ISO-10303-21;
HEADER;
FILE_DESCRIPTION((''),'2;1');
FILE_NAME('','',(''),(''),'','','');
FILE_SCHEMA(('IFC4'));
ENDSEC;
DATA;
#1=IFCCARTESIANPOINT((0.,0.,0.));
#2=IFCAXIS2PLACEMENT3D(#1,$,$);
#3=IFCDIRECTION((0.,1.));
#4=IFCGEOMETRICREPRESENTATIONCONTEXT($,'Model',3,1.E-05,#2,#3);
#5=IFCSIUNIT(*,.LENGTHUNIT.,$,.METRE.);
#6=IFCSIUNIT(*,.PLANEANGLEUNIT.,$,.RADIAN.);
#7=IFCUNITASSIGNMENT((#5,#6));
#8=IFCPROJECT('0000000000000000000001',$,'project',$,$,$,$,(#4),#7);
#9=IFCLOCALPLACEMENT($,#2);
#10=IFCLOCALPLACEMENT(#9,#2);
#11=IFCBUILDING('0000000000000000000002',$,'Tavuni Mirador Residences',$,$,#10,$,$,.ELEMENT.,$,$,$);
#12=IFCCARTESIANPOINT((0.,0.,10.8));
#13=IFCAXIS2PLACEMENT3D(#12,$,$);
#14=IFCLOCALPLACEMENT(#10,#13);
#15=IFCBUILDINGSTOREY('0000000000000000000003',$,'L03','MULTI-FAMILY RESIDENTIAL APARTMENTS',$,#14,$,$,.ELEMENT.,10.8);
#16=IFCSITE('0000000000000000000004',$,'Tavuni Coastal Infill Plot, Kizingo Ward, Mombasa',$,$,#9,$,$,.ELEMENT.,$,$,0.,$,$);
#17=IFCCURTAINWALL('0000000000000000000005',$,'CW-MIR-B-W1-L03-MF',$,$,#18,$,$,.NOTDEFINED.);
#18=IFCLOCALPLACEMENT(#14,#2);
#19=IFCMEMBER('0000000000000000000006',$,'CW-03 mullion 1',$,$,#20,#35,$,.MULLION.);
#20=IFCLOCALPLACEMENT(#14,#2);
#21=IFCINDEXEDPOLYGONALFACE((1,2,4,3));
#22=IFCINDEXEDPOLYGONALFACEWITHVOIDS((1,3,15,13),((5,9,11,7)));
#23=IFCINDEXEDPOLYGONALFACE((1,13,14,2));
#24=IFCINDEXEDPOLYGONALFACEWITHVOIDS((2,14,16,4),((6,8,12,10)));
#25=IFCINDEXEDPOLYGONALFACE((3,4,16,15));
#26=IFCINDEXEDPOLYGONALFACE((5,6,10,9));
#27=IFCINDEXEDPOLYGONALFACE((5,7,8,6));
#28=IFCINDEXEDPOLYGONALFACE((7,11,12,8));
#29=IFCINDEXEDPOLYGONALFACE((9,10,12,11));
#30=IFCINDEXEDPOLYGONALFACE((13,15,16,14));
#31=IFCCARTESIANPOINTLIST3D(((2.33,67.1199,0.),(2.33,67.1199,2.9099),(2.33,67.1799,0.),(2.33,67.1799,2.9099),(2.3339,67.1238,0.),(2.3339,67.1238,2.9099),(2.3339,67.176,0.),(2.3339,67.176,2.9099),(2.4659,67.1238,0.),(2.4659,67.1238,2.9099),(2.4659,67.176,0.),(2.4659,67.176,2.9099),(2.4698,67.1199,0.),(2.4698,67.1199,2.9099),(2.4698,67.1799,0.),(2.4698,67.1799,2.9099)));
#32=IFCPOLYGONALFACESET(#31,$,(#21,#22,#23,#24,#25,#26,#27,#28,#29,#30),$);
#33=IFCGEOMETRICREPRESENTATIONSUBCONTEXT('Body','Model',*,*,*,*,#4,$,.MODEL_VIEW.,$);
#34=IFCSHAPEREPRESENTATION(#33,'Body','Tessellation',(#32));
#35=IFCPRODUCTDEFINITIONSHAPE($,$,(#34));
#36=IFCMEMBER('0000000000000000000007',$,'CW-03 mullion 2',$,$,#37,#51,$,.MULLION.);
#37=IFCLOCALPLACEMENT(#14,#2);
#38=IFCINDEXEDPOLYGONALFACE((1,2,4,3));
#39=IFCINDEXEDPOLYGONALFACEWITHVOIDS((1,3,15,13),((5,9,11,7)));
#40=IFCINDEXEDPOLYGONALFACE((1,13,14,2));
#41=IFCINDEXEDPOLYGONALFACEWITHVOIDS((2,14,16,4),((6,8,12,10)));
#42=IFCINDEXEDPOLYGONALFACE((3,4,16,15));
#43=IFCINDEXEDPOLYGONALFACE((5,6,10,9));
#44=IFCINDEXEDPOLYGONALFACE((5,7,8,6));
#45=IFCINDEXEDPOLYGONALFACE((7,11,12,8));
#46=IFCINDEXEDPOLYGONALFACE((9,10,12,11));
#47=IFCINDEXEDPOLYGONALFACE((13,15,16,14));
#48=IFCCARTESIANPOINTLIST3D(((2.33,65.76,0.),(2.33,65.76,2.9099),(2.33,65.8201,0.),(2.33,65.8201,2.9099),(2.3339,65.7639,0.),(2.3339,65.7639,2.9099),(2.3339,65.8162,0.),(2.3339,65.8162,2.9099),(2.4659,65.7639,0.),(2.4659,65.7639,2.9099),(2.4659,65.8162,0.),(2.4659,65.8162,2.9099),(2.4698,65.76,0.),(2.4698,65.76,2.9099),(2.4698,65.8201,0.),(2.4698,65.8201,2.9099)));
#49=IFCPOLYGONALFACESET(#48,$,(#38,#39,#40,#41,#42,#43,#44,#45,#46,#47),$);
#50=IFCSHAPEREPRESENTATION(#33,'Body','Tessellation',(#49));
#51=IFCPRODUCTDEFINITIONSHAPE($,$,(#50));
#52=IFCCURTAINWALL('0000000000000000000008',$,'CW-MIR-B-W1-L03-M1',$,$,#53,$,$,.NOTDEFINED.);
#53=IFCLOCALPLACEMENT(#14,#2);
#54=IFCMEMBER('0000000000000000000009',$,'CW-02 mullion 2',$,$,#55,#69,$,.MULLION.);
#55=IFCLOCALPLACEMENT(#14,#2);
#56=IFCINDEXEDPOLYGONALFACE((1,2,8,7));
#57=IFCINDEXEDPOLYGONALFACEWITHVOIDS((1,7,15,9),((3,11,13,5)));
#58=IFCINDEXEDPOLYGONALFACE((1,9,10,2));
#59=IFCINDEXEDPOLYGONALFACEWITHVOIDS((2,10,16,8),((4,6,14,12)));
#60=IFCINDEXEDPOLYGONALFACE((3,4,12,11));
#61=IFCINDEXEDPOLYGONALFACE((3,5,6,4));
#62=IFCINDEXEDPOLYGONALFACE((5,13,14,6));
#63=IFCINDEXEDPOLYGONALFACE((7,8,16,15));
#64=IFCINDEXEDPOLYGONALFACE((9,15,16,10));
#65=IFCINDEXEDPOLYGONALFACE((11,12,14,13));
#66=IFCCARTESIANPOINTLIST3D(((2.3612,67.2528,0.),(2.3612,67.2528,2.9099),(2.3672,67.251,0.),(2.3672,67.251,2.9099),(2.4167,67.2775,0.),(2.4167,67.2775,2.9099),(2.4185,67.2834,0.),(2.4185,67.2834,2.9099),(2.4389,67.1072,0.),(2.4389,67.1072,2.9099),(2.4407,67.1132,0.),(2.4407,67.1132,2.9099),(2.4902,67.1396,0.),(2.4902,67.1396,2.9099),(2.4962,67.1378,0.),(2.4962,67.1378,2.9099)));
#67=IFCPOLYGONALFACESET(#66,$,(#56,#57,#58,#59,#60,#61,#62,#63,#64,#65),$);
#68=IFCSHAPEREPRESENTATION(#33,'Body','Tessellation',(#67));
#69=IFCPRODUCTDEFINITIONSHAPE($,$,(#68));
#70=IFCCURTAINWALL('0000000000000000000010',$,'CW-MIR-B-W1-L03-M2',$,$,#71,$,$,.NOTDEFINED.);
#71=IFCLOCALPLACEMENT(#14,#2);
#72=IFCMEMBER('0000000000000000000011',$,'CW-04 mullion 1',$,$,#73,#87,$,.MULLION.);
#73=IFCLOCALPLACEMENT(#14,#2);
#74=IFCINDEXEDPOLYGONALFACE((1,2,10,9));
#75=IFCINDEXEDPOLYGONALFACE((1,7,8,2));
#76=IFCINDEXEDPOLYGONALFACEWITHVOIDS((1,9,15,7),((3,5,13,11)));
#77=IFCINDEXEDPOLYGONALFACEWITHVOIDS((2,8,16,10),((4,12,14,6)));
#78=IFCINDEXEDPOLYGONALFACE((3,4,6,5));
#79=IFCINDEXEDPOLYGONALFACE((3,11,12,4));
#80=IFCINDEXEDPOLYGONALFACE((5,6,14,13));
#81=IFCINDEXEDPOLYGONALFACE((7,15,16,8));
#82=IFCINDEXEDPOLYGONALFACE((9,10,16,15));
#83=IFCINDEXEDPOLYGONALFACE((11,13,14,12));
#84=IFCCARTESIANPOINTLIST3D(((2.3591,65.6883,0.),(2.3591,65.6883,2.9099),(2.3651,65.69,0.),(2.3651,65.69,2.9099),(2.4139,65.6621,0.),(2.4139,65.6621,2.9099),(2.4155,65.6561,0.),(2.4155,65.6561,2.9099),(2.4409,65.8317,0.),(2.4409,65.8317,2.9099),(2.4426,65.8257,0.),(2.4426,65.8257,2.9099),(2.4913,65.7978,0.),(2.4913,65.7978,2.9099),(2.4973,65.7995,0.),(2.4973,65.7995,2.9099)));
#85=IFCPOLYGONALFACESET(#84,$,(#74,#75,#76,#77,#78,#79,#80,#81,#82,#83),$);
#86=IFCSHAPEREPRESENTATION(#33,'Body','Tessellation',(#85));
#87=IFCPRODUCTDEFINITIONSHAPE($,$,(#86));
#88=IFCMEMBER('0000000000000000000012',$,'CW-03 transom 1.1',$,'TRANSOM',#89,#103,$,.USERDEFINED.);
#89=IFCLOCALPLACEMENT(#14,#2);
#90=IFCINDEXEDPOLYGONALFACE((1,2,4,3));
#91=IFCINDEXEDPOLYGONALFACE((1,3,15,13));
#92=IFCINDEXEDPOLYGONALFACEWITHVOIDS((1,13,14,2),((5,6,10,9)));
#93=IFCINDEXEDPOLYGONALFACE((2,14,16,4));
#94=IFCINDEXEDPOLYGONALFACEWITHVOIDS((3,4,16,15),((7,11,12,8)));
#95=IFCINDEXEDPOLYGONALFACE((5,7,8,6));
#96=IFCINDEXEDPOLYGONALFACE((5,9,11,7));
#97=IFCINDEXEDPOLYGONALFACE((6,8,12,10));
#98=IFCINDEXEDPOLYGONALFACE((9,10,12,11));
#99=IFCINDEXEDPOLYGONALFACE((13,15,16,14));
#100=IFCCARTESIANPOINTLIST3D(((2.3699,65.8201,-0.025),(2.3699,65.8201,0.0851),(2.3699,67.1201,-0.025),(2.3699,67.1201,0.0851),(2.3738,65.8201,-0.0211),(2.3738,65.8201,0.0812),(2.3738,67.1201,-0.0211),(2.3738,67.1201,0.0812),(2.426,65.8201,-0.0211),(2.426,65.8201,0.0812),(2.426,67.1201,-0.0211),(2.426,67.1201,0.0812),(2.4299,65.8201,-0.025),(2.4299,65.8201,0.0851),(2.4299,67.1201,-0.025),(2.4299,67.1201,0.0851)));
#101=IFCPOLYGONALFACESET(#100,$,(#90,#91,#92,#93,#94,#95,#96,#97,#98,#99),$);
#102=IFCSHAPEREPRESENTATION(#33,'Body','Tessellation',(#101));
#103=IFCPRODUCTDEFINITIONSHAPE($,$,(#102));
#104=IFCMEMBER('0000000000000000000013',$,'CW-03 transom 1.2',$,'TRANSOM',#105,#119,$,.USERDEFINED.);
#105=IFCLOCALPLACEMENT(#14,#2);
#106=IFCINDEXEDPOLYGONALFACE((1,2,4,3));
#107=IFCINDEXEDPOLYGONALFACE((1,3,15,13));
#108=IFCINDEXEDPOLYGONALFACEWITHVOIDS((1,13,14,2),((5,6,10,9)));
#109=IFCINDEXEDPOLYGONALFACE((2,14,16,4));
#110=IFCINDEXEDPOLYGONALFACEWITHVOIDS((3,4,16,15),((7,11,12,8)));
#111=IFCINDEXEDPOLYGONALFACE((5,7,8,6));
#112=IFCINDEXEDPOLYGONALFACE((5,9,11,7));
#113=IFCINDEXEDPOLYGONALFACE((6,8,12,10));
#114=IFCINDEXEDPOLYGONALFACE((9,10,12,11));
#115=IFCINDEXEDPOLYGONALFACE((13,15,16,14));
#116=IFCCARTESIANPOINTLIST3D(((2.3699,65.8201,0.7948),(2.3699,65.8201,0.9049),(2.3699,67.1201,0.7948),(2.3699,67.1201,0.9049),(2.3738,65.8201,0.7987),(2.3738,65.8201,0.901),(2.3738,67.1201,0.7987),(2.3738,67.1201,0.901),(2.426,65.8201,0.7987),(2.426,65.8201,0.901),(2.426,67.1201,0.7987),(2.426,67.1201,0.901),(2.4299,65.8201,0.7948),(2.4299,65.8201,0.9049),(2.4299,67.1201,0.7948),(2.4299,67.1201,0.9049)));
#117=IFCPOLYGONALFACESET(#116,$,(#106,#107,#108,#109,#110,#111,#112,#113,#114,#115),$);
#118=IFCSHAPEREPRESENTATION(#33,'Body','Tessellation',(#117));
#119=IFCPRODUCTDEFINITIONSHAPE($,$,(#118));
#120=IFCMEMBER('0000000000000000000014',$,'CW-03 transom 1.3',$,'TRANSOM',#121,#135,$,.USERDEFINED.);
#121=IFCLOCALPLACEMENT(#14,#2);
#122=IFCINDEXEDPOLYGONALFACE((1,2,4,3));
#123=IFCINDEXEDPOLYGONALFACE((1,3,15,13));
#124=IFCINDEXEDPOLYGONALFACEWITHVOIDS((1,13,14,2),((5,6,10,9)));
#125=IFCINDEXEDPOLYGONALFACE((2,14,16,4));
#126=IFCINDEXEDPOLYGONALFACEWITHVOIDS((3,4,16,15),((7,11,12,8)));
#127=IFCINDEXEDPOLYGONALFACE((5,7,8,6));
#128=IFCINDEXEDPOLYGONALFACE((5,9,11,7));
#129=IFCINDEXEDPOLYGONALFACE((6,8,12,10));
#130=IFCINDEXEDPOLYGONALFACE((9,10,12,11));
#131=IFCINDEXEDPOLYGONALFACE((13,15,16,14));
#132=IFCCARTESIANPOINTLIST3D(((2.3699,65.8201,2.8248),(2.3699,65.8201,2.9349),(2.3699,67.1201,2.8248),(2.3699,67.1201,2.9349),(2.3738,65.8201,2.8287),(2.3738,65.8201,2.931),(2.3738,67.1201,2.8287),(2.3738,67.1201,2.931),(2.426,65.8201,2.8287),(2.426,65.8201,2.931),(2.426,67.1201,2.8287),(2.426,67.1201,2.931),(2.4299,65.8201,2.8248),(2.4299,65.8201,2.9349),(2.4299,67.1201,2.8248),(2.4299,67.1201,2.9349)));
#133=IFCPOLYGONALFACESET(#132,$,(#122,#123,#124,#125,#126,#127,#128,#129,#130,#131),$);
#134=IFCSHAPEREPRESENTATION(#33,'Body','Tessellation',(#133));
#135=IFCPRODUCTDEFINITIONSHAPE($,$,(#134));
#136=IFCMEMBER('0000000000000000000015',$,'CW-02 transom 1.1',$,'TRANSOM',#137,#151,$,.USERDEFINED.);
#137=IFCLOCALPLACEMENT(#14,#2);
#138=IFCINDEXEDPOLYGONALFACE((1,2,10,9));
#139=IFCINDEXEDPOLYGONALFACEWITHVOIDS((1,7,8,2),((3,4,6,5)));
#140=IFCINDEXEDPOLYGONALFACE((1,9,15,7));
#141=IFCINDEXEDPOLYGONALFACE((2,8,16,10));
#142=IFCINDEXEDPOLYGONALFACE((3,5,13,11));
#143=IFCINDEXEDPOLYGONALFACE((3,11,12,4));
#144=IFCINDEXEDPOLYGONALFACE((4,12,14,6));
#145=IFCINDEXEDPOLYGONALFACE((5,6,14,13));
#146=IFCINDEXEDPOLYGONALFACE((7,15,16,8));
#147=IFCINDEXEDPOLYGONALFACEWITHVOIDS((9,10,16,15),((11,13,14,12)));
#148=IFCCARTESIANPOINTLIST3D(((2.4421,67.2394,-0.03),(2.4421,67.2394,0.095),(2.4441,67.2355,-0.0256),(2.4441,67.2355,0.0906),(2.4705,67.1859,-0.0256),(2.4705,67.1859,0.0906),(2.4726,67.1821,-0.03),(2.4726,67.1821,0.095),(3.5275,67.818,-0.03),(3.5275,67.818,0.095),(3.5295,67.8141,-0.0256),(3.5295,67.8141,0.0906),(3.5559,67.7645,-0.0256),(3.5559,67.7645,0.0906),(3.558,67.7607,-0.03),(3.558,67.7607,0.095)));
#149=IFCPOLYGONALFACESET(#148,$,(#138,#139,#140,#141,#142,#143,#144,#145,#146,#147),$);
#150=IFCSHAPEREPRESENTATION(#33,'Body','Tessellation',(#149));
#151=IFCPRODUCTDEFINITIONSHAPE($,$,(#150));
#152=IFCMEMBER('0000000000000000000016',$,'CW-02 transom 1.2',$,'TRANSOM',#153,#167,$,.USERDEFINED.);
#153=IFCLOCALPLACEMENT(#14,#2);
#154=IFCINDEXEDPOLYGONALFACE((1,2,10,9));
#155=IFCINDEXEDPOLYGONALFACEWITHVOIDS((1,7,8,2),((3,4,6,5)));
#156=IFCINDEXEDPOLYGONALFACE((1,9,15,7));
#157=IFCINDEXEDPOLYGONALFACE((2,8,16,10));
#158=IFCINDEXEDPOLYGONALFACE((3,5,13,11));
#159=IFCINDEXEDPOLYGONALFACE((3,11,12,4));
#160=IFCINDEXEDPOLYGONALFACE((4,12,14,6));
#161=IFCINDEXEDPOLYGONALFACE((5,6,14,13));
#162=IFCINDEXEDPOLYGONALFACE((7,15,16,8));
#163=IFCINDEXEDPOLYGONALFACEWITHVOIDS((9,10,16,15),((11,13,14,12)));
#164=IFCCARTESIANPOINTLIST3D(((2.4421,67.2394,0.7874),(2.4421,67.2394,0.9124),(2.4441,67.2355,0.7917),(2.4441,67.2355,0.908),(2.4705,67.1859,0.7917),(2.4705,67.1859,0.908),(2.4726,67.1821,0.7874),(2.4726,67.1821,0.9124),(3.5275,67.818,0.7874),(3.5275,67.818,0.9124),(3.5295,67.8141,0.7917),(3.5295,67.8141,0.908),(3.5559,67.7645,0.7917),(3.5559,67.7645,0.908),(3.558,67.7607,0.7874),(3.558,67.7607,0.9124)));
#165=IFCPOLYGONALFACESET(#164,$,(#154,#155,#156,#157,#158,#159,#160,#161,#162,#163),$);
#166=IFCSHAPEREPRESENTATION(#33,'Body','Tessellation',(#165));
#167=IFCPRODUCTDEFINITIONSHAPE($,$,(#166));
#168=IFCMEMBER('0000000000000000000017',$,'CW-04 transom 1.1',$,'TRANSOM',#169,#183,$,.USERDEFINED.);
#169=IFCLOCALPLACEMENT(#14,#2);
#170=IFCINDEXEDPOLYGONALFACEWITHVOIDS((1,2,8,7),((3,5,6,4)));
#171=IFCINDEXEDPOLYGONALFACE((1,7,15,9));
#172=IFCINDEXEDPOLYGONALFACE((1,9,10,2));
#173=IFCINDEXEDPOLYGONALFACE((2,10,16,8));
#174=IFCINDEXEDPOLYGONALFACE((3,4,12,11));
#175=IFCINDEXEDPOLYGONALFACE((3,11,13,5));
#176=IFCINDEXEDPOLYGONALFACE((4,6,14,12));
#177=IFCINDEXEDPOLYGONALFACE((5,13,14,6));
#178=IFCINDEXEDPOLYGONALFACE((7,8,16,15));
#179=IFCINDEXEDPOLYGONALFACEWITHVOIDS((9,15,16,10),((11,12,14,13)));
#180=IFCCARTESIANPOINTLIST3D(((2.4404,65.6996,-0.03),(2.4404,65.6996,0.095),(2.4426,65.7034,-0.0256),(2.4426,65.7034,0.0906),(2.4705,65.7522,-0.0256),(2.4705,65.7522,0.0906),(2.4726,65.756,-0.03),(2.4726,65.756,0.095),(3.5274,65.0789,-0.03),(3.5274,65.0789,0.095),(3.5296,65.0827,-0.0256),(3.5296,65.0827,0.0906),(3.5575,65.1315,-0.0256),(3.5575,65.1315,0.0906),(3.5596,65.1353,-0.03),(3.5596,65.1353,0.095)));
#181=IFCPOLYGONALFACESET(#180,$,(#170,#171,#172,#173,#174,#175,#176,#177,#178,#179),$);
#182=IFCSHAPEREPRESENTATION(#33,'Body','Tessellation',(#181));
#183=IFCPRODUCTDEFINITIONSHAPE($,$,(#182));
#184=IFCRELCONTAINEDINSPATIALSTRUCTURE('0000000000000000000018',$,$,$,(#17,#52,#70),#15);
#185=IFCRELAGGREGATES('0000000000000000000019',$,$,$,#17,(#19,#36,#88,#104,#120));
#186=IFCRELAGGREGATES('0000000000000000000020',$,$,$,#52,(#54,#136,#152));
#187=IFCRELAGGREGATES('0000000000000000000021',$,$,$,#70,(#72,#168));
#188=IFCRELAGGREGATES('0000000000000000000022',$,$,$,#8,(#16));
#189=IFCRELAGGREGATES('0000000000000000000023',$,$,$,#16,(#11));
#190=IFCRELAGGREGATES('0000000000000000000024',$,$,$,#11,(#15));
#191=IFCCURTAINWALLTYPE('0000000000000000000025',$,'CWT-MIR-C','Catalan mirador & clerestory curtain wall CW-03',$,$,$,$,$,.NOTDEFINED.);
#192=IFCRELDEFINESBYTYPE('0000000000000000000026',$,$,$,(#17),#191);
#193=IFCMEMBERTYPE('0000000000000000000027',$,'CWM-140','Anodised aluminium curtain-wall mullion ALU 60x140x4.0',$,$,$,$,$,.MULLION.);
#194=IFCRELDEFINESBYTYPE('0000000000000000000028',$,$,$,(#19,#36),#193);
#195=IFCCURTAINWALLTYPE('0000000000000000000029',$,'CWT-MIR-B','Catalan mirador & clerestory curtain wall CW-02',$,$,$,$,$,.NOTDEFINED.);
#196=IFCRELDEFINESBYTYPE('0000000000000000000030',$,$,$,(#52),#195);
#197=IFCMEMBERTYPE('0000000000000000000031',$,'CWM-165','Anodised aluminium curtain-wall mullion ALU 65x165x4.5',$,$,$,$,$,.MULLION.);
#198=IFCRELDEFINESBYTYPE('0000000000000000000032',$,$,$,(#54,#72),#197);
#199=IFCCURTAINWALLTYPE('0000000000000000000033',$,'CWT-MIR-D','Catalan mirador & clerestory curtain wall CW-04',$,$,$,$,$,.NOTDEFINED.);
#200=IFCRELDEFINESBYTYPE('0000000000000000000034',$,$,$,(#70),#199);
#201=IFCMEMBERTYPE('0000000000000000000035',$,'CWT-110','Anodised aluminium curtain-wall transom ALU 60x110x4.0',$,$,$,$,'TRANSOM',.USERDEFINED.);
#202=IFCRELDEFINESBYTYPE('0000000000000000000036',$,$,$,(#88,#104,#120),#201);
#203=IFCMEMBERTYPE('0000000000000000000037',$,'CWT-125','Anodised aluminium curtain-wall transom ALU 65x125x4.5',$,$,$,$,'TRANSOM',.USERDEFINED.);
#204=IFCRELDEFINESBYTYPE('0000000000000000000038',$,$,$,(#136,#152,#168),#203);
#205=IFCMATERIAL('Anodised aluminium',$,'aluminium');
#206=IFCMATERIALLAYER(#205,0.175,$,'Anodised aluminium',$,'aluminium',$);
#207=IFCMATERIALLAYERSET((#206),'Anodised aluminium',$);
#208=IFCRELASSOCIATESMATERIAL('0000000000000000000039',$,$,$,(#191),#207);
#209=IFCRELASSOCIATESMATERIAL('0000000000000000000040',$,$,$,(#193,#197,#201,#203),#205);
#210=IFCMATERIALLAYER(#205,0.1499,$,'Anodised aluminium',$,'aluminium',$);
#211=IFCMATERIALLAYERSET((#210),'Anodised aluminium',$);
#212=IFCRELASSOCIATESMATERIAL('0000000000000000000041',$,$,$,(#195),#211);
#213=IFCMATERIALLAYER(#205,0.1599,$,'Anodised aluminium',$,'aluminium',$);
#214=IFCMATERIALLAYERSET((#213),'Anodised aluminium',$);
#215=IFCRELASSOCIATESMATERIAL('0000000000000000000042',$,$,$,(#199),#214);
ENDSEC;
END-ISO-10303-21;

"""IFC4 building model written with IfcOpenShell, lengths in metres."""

from ifc_helpers import new_model, si_unit, direction, frame, origin, origin_2d, place, context, subcontext, project, spatial, hollow_rectangle, extrude, material, layer, layer_set, material_profile, profile_set, type_object, element, aggregate, save


model = new_model("IFC4")

# Units and contexts
model_context = context("Model", 3, precision=1e-05, world=origin(), true_north=direction((0.0, 1.0)))
body_context = subcontext(model_context, "Body", "Model", "MODEL_VIEW")
ifc_project = project(units=[si_unit("LENGTHUNIT", "METRE"), si_unit("PLANEANGLEUNIT", "RADIAN")], contexts=[model_context])

# Site, building, storey
site_placement = place(None, origin())
site = spatial("IfcSite", under=ifc_project, at=site_placement, Name="Tavuni Coastal Infill Plot, Kizingo Ward, Mombasa", CompositionType="ELEMENT", RefElevation=0.0)
building_placement = place(site_placement, origin())
building = spatial("IfcBuilding", under=site, at=building_placement, Name="Tavuni Mirador Residences", CompositionType="ELEMENT")
storey_placement = place(building_placement, frame((0.0, 0.0, 10.8)))
storey = spatial("IfcBuildingStorey", under=building, at=storey_placement, Name="L03", Description="MULTI-FAMILY RESIDENTIAL APARTMENTS", CompositionType="ELEMENT", Elevation=10.8)

# Curtain wall, members
ifc_material_1 = material(Name="Anodised aluminium", Category="aluminium")
ifc_layer_1 = layer(ifc_material_1, 0.175, Name="Anodised aluminium", Category="aluminium")
ifc_layer_set_1 = layer_set([ifc_layer_1], Name="Anodised aluminium")
curtain_wall_type_1 = type_object("IfcCurtainWallType", Name="CWT-MIR-C", Description="Catalan mirador & clerestory curtain wall CW-03", PredefinedType="NOTDEFINED", material=ifc_layer_set_1)
curtain_wall_1_placement = place(storey_placement, origin())
curtain_wall_1 = element("IfcCurtainWall", 1, at=curtain_wall_1_placement, inside=storey, type_object=curtain_wall_type_1, Name="CW-MIR-B-W1-L03-MF", PredefinedType="NOTDEFINED")
ifc_material_profile_1 = material_profile(ifc_material_1, hollow_rectangle(XDim=0.0601, YDim=0.1399, WallThickness=0.0039, at=origin_2d()), Name="ALU 60x140x4.0", Category="aluminium")
ifc_profile_set_1 = profile_set([ifc_material_profile_1], Name="Anodised aluminium")
member_type_1 = type_object("IfcMemberType", Name="CWM-140", Description="Anodised aluminium curtain-wall mullion ALU 60x140x4.0", PredefinedType="MULLION", material=ifc_profile_set_1)
member_1_placement = place(storey_placement, frame((2.3999, 67.1499, 0.0), z_axis=(0.0, 0.0, 1.0), x_axis=(0.0, -1.0, 0.0)))
member_1 = element("IfcMember", 2, at=member_1_placement, type_object=member_type_1, Name="CW-03 mullion 1", PredefinedType="MULLION", context=body_context, shape_type="SweptSolid", body=[
    extrude(hollow_rectangle(XDim=0.0601, YDim=0.1399, WallThickness=0.0039, at=origin_2d()), origin(), (0.0, 0.0, 1.0), 2.9099),
])
member_2_placement = place(storey_placement, frame((2.3999, 65.79, 0.0), z_axis=(0.0, 0.0, 1.0), x_axis=(0.0, -1.0, 0.0)))
member_2 = element("IfcMember", 3, at=member_2_placement, type_object=member_type_1, Name="CW-03 mullion 2", PredefinedType="MULLION", context=body_context, shape_type="SweptSolid", body=[
    extrude(hollow_rectangle(XDim=0.0601, YDim=0.1399, WallThickness=0.0039, at=origin_2d()), origin(), (0.0, 0.0, 1.0), 2.9099),
])

# Curtain walls, members
ifc_layer_2 = layer(ifc_material_1, 0.1499, Name="Anodised aluminium", Category="aluminium")
ifc_layer_set_2 = layer_set([ifc_layer_2], Name="Anodised aluminium")
curtain_wall_type_2 = type_object("IfcCurtainWallType", Name="CWT-MIR-B", Description="Catalan mirador & clerestory curtain wall CW-02", PredefinedType="NOTDEFINED", material=ifc_layer_set_2)
curtain_wall_2_placement = place(storey_placement, origin())
curtain_wall_2 = element("IfcCurtainWall", 4, at=curtain_wall_2_placement, inside=storey, type_object=curtain_wall_type_2, Name="CW-MIR-B-W1-L03-M1", PredefinedType="NOTDEFINED")
ifc_material_profile_2 = material_profile(ifc_material_1, hollow_rectangle(XDim=0.0649, YDim=0.165, WallThickness=0.0044, at=origin_2d()), Name="ALU 65x165x4.5", Category="aluminium")
ifc_profile_set_2 = profile_set([ifc_material_profile_2], Name="Anodised aluminium")
member_type_2 = type_object("IfcMemberType", Name="CWM-165", Description="Anodised aluminium curtain-wall mullion ALU 65x165x4.5", PredefinedType="MULLION", material=ifc_profile_set_2)
member_3_placement = place(storey_placement, frame((2.4287, 67.1953, 0.0), z_axis=(0.0, 0.0, 1.0), x_axis=(-0.882353, -0.470588, 0.0)))
member_3 = element("IfcMember", 5, at=member_3_placement, type_object=member_type_2, Name="CW-02 mullion 2", PredefinedType="MULLION", context=body_context, shape_type="SweptSolid", body=[
    extrude(hollow_rectangle(XDim=0.0649, YDim=0.165, WallThickness=0.0044, at=origin_2d()), origin(), (0.0, 0.0, 1.0), 2.9099),
])
ifc_layer_3 = layer(ifc_material_1, 0.1599, Name="Anodised aluminium", Category="aluminium")
ifc_layer_set_3 = layer_set([ifc_layer_3], Name="Anodised aluminium")
curtain_wall_type_3 = type_object("IfcCurtainWallType", Name="CWT-MIR-D", Description="Catalan mirador & clerestory curtain wall CW-04", PredefinedType="NOTDEFINED", material=ifc_layer_set_3)
curtain_wall_3_placement = place(storey_placement, origin())
curtain_wall_3 = element("IfcCurtainWall", 6, at=curtain_wall_3_placement, inside=storey, type_object=curtain_wall_type_3, Name="CW-MIR-B-W1-L03-M2", PredefinedType="NOTDEFINED")
member_4_placement = place(storey_placement, frame((2.4282, 65.7439, 0.0), z_axis=(0.0, 0.0, 1.0), x_axis=(0.868466, -0.495749, 0.0)))
member_4 = element("IfcMember", 7, at=member_4_placement, type_object=member_type_2, Name="CW-04 mullion 1", PredefinedType="MULLION", context=body_context, shape_type="SweptSolid", body=[
    extrude(hollow_rectangle(XDim=0.0649, YDim=0.165, WallThickness=0.0044, at=origin_2d()), origin(), (0.0, 0.0, 1.0), 2.9099),
])

# Members
ifc_material_profile_3 = material_profile(ifc_material_1, hollow_rectangle(XDim=0.0601, YDim=0.1101, WallThickness=0.0039, at=origin_2d()), Name="ALU 60x110x4.0", Category="aluminium")
ifc_profile_set_3 = profile_set([ifc_material_profile_3], Name="Anodised aluminium")
member_type_3 = type_object("IfcMemberType", Name="CWT-110", Description="Anodised aluminium curtain-wall transom ALU 60x110x4.0", ElementType="TRANSOM", PredefinedType="USERDEFINED", material=ifc_profile_set_3)
member_5_placement = place(storey_placement, frame((2.3999, 67.1201, 0.03), z_axis=(0.0, -1.0, 0.0), x_axis=(1.0, 0.0, 0.0)))
member_5 = element("IfcMember", 8, at=member_5_placement, type_object=member_type_3, Name="CW-03 transom 1.1", ObjectType="TRANSOM", PredefinedType="USERDEFINED", context=body_context, shape_type="SweptSolid", body=[
    extrude(hollow_rectangle(XDim=0.0601, YDim=0.1101, WallThickness=0.0039, at=origin_2d()), origin(), (0.0, 0.0, 1.0), 1.3),
])
member_6_placement = place(storey_placement, frame((2.3999, 67.1201, 0.8499), z_axis=(0.0, -1.0, 0.0), x_axis=(1.0, 0.0, 0.0)))
member_6 = element("IfcMember", 9, at=member_6_placement, type_object=member_type_3, Name="CW-03 transom 1.2", ObjectType="TRANSOM", PredefinedType="USERDEFINED", context=body_context, shape_type="SweptSolid", body=[
    extrude(hollow_rectangle(XDim=0.0601, YDim=0.1101, WallThickness=0.0039, at=origin_2d()), origin(), (0.0, 0.0, 1.0), 1.3),
])
member_7_placement = place(storey_placement, frame((2.3999, 67.1201, 2.8799), z_axis=(0.0, -1.0, 0.0), x_axis=(1.0, 0.0, 0.0)))
member_7 = element("IfcMember", 10, at=member_7_placement, type_object=member_type_3, Name="CW-03 transom 1.3", ObjectType="TRANSOM", PredefinedType="USERDEFINED", context=body_context, shape_type="SweptSolid", body=[
    extrude(hollow_rectangle(XDim=0.0601, YDim=0.1101, WallThickness=0.0039, at=origin_2d()), origin(), (0.0, 0.0, 1.0), 1.3),
])
ifc_material_profile_4 = material_profile(ifc_material_1, hollow_rectangle(XDim=0.0649, YDim=0.125, WallThickness=0.0044, at=origin_2d()), Name="ALU 65x125x4.5", Category="aluminium")
ifc_profile_set_4 = profile_set([ifc_material_profile_4], Name="Anodised aluminium")
member_type_4 = type_object("IfcMemberType", Name="CWT-125", Description="Anodised aluminium curtain-wall transom ALU 65x125x4.5", ElementType="TRANSOM", PredefinedType="USERDEFINED", material=ifc_profile_set_4)
member_8_placement = place(storey_placement, frame((3.5427, 67.7893, 0.0325), z_axis=(-0.882452, -0.470403, 0.0), x_axis=(0.470403, -0.882452, 0.0)))
member_8 = element("IfcMember", 11, at=member_8_placement, type_object=member_type_4, Name="CW-02 transom 1.1", ObjectType="TRANSOM", PredefinedType="USERDEFINED", context=body_context, shape_type="SweptSolid", body=[
    extrude(hollow_rectangle(XDim=0.0649, YDim=0.125, WallThickness=0.0044, at=origin_2d()), origin(), (0.0, 0.0, 1.0), 1.23),
])
member_9_placement = place(storey_placement, frame((3.5427, 67.7893, 0.8499), z_axis=(-0.882452, -0.470403, 0.0), x_axis=(0.470403, -0.882452, 0.0)))
member_9 = element("IfcMember", 12, at=member_9_placement, type_object=member_type_4, Name="CW-02 transom 1.2", ObjectType="TRANSOM", PredefinedType="USERDEFINED", context=body_context, shape_type="SweptSolid", body=[
    extrude(hollow_rectangle(XDim=0.0649, YDim=0.125, WallThickness=0.0044, at=origin_2d()), origin(), (0.0, 0.0, 1.0), 1.23),
])
member_10_placement = place(storey_placement, frame((2.4565, 65.7278, 0.0325), z_axis=(0.868411, -0.495845, 0.0), x_axis=(0.495845, 0.868411, 0.0)))
member_10 = element("IfcMember", 13, at=member_10_placement, type_object=member_type_4, Name="CW-04 transom 1.1", ObjectType="TRANSOM", PredefinedType="USERDEFINED", context=body_context, shape_type="SweptSolid", body=[
    extrude(hollow_rectangle(XDim=0.0649, YDim=0.125, WallThickness=0.0044, at=origin_2d()), origin(), (0.0, 0.0, 1.0), 1.2517),
])

aggregate(curtain_wall_1, [member_1, member_2, member_5, member_6, member_7])
aggregate(curtain_wall_2, [member_3, member_8, member_9])
aggregate(curtain_wall_3, [member_4, member_10])

save(model, "model.ifc")
